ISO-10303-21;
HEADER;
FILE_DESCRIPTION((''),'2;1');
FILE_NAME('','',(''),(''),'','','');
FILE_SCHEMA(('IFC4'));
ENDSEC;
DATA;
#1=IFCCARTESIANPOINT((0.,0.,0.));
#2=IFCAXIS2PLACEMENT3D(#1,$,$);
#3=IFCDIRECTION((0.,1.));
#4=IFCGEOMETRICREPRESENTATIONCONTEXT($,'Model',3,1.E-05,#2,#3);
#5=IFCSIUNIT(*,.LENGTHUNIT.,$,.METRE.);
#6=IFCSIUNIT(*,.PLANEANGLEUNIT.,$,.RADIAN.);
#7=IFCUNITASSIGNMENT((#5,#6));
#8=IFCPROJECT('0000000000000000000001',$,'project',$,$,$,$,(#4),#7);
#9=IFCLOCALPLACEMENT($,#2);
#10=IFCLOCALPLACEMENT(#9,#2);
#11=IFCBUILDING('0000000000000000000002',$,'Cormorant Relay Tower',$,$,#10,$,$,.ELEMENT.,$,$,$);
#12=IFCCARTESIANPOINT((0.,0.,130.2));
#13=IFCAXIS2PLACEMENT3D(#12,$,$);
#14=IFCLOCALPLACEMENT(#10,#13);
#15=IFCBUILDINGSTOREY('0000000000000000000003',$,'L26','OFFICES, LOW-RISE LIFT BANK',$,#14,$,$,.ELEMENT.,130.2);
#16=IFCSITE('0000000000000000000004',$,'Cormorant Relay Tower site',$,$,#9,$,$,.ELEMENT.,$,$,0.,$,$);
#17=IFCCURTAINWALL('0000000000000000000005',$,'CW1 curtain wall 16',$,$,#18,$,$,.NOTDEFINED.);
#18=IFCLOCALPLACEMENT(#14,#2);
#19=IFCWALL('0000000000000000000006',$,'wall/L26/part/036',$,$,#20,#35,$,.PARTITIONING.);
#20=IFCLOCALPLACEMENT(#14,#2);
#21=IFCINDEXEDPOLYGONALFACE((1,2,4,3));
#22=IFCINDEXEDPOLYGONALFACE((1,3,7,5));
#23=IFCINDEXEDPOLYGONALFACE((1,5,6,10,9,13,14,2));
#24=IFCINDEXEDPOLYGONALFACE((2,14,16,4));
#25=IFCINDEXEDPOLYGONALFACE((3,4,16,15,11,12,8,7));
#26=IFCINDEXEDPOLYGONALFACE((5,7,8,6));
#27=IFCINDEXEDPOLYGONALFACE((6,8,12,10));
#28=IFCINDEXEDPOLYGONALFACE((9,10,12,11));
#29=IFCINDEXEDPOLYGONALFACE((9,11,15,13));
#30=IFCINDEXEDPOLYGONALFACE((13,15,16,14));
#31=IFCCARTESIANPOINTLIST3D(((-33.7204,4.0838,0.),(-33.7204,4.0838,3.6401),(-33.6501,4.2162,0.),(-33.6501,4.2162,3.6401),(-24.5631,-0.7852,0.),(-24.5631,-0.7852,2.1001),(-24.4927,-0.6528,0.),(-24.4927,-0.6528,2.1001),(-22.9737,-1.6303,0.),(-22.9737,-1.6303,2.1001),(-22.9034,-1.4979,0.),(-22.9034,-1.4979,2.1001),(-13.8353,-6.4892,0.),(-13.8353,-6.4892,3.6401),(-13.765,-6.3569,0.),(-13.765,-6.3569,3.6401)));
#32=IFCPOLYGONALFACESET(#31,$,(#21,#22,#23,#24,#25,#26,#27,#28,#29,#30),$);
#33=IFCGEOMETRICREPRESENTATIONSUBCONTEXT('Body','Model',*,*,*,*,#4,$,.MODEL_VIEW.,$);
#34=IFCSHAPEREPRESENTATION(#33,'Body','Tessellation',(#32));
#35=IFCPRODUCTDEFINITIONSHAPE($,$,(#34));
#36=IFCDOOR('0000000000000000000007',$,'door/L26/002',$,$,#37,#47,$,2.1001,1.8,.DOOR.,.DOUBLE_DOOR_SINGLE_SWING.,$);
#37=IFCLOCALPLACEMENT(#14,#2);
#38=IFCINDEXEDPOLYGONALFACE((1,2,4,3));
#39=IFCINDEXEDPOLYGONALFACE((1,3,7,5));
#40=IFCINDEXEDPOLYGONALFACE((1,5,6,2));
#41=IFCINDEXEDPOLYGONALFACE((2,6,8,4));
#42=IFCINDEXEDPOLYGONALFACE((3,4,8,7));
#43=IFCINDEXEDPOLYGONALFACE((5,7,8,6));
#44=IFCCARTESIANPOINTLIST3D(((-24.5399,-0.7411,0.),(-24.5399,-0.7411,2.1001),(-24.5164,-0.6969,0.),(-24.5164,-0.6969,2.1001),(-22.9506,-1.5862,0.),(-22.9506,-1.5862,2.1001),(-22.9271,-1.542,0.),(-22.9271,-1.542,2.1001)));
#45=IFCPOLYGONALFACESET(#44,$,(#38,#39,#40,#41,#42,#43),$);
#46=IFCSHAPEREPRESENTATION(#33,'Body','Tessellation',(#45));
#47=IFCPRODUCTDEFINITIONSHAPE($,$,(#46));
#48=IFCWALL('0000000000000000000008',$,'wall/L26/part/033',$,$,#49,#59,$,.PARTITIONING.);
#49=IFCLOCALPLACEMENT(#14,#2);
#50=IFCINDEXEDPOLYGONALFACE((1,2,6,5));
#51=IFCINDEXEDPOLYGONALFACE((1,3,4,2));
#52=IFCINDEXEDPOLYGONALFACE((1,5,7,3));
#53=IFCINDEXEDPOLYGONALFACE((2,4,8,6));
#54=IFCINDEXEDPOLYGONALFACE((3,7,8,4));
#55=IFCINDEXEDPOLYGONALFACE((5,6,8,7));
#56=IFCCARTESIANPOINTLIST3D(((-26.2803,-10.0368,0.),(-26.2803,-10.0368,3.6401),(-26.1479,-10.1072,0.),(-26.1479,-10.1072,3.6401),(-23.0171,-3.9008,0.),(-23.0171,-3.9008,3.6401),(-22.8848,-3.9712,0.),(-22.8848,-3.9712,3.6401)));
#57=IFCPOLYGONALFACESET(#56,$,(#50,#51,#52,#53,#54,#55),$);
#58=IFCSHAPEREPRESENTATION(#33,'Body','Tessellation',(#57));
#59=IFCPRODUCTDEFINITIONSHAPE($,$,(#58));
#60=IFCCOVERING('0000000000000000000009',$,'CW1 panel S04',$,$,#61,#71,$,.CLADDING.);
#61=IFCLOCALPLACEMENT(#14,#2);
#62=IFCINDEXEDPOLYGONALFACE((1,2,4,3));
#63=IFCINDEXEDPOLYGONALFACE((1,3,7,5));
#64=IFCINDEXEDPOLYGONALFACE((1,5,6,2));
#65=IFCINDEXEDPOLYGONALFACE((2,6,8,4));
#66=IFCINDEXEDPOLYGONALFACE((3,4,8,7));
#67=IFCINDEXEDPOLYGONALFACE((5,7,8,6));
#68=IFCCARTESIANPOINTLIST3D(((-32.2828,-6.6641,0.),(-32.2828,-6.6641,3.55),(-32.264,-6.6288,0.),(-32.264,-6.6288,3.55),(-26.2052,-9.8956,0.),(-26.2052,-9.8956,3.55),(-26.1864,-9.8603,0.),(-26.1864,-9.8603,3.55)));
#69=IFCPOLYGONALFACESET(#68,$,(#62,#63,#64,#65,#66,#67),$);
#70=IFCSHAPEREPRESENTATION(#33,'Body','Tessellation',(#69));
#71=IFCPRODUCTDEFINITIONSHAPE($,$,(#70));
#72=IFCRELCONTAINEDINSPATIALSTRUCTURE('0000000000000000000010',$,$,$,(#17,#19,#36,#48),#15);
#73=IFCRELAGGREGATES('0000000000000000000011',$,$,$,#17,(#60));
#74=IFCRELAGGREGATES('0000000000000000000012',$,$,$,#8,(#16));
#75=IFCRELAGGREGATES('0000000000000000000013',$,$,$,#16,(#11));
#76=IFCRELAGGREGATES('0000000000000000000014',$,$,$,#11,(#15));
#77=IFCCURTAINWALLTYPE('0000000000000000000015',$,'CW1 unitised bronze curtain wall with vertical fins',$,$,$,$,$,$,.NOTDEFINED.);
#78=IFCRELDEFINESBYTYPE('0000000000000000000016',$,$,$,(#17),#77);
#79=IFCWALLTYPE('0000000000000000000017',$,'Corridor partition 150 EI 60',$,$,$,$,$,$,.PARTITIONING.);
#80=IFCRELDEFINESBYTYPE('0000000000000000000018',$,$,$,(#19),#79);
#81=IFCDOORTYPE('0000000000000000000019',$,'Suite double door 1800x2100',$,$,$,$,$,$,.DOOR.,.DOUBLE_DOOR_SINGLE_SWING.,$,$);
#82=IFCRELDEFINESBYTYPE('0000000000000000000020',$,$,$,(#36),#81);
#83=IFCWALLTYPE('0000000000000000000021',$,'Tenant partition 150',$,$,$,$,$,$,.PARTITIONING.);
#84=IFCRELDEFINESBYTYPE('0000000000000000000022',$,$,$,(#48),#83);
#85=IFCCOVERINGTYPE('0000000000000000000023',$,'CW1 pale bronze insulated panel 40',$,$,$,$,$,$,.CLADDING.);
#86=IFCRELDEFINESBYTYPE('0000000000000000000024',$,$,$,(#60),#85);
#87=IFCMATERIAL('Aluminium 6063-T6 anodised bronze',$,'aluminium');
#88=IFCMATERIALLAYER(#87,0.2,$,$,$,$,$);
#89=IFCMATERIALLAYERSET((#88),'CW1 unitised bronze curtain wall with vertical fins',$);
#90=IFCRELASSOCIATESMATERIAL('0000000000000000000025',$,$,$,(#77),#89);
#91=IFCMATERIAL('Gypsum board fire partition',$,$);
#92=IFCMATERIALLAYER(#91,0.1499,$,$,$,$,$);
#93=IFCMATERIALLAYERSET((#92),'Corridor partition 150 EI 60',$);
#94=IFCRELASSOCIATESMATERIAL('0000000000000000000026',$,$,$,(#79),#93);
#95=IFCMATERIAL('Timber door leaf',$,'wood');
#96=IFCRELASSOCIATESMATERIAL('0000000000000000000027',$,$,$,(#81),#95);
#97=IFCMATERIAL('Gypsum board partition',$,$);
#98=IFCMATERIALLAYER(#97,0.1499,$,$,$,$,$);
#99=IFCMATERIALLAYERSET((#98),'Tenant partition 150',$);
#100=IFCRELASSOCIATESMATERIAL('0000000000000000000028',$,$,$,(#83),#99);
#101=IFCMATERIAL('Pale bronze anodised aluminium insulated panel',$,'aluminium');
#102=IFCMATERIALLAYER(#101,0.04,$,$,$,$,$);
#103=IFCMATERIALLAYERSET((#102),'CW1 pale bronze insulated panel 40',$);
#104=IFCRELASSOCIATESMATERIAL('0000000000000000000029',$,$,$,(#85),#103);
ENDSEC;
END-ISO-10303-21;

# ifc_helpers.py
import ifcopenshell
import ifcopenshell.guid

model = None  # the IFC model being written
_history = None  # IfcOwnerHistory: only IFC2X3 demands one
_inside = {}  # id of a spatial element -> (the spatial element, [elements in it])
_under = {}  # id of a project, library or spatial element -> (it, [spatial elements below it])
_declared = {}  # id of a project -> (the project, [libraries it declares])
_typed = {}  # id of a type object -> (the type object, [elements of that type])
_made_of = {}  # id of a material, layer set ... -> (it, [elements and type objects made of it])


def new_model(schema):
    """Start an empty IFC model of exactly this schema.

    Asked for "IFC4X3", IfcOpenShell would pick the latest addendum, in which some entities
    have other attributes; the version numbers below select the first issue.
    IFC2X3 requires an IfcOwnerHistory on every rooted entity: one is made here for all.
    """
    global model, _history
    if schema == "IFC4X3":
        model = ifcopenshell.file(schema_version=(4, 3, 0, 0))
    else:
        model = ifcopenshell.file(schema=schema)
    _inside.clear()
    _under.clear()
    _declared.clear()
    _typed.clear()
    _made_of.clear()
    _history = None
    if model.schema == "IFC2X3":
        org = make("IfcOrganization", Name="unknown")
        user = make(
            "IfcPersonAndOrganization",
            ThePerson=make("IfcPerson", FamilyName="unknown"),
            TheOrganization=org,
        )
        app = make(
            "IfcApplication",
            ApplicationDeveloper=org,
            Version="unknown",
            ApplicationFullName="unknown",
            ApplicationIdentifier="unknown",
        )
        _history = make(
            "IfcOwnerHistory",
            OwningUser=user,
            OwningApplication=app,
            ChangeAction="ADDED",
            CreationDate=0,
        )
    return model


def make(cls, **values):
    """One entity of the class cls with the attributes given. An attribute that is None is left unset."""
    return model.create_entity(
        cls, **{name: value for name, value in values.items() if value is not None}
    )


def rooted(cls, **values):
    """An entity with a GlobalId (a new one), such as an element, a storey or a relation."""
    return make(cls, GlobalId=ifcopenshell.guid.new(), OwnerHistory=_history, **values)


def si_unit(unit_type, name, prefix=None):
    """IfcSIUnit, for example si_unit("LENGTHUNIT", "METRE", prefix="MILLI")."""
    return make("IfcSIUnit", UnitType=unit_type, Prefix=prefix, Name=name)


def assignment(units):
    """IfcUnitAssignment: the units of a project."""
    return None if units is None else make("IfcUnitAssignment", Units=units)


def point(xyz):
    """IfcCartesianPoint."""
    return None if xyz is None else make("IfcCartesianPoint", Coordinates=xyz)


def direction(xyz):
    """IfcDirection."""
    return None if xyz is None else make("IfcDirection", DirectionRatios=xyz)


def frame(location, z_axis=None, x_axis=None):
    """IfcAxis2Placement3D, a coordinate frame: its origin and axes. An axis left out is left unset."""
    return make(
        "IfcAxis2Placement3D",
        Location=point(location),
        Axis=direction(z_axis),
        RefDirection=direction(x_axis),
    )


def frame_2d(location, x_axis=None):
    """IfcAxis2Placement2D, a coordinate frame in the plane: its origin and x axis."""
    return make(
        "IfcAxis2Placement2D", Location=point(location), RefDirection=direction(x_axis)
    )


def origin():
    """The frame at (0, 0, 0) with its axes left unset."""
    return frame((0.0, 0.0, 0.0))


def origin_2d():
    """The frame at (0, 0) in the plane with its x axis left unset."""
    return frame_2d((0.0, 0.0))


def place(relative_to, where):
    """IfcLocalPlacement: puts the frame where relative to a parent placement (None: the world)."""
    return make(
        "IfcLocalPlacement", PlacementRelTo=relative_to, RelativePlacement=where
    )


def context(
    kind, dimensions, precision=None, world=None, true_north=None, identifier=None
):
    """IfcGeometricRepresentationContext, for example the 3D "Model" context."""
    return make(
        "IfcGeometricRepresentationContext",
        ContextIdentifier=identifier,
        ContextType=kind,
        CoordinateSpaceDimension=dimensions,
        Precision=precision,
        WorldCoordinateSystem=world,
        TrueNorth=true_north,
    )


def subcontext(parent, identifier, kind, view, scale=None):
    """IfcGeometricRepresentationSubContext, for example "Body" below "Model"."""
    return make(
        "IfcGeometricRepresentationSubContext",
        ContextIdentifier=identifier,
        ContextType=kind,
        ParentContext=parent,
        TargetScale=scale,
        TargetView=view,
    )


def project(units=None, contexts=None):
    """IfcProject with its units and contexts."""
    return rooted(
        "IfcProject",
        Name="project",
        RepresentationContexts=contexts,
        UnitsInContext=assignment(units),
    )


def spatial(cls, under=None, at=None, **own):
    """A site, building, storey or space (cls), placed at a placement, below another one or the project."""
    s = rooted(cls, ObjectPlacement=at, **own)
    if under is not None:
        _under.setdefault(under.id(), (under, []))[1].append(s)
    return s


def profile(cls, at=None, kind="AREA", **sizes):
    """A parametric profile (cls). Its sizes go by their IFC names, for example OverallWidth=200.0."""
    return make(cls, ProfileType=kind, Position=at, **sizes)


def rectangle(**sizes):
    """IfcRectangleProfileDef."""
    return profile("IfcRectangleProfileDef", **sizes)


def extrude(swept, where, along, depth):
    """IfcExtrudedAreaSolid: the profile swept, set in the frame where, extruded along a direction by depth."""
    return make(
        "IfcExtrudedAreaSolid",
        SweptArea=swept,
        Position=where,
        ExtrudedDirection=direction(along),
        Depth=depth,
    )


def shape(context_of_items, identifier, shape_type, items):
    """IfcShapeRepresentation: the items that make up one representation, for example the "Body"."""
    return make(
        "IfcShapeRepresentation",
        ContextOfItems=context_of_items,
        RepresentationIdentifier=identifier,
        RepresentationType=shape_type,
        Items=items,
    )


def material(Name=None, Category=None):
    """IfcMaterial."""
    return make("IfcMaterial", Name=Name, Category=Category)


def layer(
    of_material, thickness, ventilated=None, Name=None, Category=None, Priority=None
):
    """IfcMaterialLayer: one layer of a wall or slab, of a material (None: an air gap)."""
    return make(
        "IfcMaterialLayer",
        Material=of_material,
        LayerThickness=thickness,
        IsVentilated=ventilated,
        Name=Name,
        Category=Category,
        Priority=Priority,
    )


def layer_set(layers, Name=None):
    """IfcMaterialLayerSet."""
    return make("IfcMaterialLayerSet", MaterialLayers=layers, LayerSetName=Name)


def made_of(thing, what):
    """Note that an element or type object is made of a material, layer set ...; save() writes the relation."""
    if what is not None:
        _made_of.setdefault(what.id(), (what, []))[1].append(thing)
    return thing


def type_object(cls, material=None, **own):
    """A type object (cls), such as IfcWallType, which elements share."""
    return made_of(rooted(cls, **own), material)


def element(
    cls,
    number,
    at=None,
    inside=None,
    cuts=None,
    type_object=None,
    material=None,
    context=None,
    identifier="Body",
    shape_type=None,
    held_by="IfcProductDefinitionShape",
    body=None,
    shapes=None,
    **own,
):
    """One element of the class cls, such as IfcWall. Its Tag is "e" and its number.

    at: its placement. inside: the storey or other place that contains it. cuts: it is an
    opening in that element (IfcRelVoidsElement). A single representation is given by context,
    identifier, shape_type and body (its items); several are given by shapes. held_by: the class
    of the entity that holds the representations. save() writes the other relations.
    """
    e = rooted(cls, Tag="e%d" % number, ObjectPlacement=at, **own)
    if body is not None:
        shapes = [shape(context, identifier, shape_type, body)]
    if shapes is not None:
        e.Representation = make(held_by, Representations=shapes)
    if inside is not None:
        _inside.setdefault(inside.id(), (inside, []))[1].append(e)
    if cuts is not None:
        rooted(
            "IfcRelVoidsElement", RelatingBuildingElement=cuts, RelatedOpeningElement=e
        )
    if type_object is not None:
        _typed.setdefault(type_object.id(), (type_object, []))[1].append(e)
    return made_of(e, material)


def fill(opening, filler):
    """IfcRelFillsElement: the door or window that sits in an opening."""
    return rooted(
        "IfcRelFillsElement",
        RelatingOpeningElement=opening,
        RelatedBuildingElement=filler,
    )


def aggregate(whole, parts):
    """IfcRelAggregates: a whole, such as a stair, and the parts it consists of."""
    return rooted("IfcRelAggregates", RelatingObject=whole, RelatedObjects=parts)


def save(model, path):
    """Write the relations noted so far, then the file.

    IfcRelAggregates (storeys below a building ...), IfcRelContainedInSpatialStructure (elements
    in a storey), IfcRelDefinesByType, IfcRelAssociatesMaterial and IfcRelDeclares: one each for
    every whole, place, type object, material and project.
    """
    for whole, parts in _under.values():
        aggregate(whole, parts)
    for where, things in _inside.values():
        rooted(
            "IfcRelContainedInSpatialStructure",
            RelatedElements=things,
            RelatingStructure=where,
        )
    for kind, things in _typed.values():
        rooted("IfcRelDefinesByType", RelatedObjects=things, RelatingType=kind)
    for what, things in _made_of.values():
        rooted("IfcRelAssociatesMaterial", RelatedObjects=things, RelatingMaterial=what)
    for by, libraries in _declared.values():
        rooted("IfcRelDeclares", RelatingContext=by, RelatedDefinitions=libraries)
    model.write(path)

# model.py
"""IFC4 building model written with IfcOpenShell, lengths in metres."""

from ifc_helpers import new_model, si_unit, direction, frame, frame_2d, origin, origin_2d, place, context, subcontext, project, spatial, rectangle, extrude, material, layer, layer_set, type_object, element, fill, aggregate, save


model = new_model("IFC4")

# Units and contexts
model_context = context("Model", 3, precision=1e-05, world=origin(), true_north=direction((0.0, 1.0)))
body_context = subcontext(model_context, "Body", "Model", "MODEL_VIEW")
ifc_project = project(units=[si_unit("LENGTHUNIT", "METRE"), si_unit("PLANEANGLEUNIT", "RADIAN")], contexts=[model_context])

# Site, building, storey
site_placement = place(None, origin())
site = spatial("IfcSite", under=ifc_project, at=site_placement, Name="Cormorant Relay Tower site", CompositionType="ELEMENT", RefElevation=0.0)
building_placement = place(site_placement, origin())
building = spatial("IfcBuilding", under=site, at=building_placement, Name="Cormorant Relay Tower", CompositionType="ELEMENT")
storey_placement = place(building_placement, frame((0.0, 0.0, 130.2)))
storey = spatial("IfcBuildingStorey", under=building, at=storey_placement, Name="L26", Description="OFFICES, LOW-RISE LIFT BANK", CompositionType="ELEMENT", Elevation=130.2)

# Curtain wall
ifc_material_1 = material(Name="Aluminium 6063-T6 anodised bronze", Category="aluminium")
ifc_layer_1 = layer(ifc_material_1, 0.2)
ifc_layer_set_1 = layer_set([ifc_layer_1], Name="CW1 unitised bronze curtain wall with vertical fins")
curtain_wall_type = type_object("IfcCurtainWallType", Name="CW1 unitised bronze curtain wall with vertical fins", PredefinedType="NOTDEFINED", material=ifc_layer_set_1)
curtain_wall_placement = place(storey_placement, origin())
curtain_wall = element("IfcCurtainWall", 1, at=curtain_wall_placement, inside=storey, type_object=curtain_wall_type, Name="CW1 curtain wall 16", PredefinedType="NOTDEFINED")

# Shared definitions
ifc_material_2 = material(Name="Gypsum board fire partition")
ifc_layer_2 = layer(ifc_material_2, 0.1499)
ifc_layer_set_2 = layer_set([ifc_layer_2], Name="Corridor partition 150 EI 60")
wall_type_1 = type_object("IfcWallType", Name="Corridor partition 150 EI 60", PredefinedType="PARTITIONING", material=ifc_layer_set_2)

# Wall, opening, door
wall_1_placement = place(storey_placement, frame((-13.8, -6.4231, 0.0), z_axis=(0.0, 0.0, 1.0), x_axis=(-0.882948, 0.46947, 0.0)))
wall_1 = element("IfcWall", 2, at=wall_1_placement, inside=storey, type_object=wall_type_1, Name="wall/L26/part/036", PredefinedType="PARTITIONING", context=body_context, shape_type="SweptSolid", body=[
    extrude(rectangle(XDim=22.5212, YDim=0.1499, at=frame_2d((11.2607, 0.0))), origin(), (0.0, 0.0, 1.0), 3.6401),
])
opening_1_placement = place(wall_1_placement, frame((10.3501, 0.0, 0.0)))
opening_1 = element("IfcOpeningElement", 3, at=opening_1_placement, cuts=wall_1, PredefinedType="OPENING", context=body_context, shape_type="SweptSolid", body=[
    extrude(rectangle(XDim=1.8, YDim=2.1001, at=frame_2d((0.8999, 1.05))), frame((0.0, 0.085, 0.0), z_axis=(0.0, -1.0, 0.0), x_axis=(1.0, 0.0, 0.0)), (0.0, 0.0, 1.0), 0.1699),
])
ifc_material_3 = material(Name="Timber door leaf", Category="wood")
door_type_1 = type_object("IfcDoorType", Name="Suite double door 1800x2100", OperationType="DOUBLE_DOOR_SINGLE_SWING", PredefinedType="DOOR", material=ifc_material_3)
door_1_placement = place(opening_1_placement, frame((1.8, 0.0, 0.0), z_axis=(0.0, 0.0, 1.0), x_axis=(-1.0, 0.0, 0.0)))
door_1 = element("IfcDoor", 4, at=door_1_placement, inside=storey, type_object=door_type_1, Name="door/L26/002", OperationType="DOUBLE_DOOR_SINGLE_SWING", OverallHeight=2.1001, OverallWidth=1.8, PredefinedType="DOOR", context=body_context, shape_type="SweptSolid", body=[
    extrude(rectangle(XDim=1.8, YDim=2.1001, at=frame_2d((0.8999, 1.05))), frame((0.0, 0.0249, 0.0), z_axis=(0.0, -1.0, 0.0), x_axis=(1.0, 0.0, 0.0)), (0.0, 0.0, 1.0), 0.05),
])
fill(opening_1, door_1)

# Wall
ifc_material_4 = material(Name="Gypsum board partition")
ifc_layer_3 = layer(ifc_material_4, 0.1499)
ifc_layer_set_3 = layer_set([ifc_layer_3], Name="Tenant partition 150")
wall_type_2 = type_object("IfcWallType", Name="Tenant partition 150", PredefinedType="PARTITIONING", material=ifc_layer_set_3)
wall_2_placement = place(storey_placement, frame((-22.9509, -3.936, 0.0), z_axis=(0.0, 0.0, 1.0), x_axis=(-0.469541, -0.882911, 0.0)))
element("IfcWall", 5, at=wall_2_placement, inside=storey, type_object=wall_type_2, Name="wall/L26/part/033", PredefinedType="PARTITIONING", context=body_context, shape_type="SweptSolid", body=[
    extrude(rectangle(XDim=6.9497, YDim=0.1499, at=frame_2d((3.4749, 0.0))), origin(), (0.0, 0.0, 1.0), 3.6401),
])

# Covering
ifc_material_5 = material(Name="Pale bronze anodised aluminium insulated panel", Category="aluminium")
ifc_layer_4 = layer(ifc_material_5, 0.04)
ifc_layer_set_4 = layer_set([ifc_layer_4], Name="CW1 pale bronze insulated panel 40")
covering_type = type_object("IfcCoveringType", Name="CW1 pale bronze insulated panel 40", PredefinedType="CLADDING", material=ifc_layer_set_4)
covering_placement = place(storey_placement, frame((-29.2346, -8.2622, 0.0), z_axis=(0.0, 0.0, 1.0), x_axis=(0.882948, -0.469472, 0.0)))
covering = element("IfcCovering", 6, at=covering_placement, type_object=covering_type, Name="CW1 panel S04", PredefinedType="CLADDING", context=body_context, shape_type="SweptSolid", body=[
    extrude(rectangle(XDim=6.8833, YDim=0.04, at=origin_2d()), origin(), (0.0, 0.0, 1.0), 3.55),
])
aggregate(curtain_wall, [covering])

save(model, "model.ifc")
